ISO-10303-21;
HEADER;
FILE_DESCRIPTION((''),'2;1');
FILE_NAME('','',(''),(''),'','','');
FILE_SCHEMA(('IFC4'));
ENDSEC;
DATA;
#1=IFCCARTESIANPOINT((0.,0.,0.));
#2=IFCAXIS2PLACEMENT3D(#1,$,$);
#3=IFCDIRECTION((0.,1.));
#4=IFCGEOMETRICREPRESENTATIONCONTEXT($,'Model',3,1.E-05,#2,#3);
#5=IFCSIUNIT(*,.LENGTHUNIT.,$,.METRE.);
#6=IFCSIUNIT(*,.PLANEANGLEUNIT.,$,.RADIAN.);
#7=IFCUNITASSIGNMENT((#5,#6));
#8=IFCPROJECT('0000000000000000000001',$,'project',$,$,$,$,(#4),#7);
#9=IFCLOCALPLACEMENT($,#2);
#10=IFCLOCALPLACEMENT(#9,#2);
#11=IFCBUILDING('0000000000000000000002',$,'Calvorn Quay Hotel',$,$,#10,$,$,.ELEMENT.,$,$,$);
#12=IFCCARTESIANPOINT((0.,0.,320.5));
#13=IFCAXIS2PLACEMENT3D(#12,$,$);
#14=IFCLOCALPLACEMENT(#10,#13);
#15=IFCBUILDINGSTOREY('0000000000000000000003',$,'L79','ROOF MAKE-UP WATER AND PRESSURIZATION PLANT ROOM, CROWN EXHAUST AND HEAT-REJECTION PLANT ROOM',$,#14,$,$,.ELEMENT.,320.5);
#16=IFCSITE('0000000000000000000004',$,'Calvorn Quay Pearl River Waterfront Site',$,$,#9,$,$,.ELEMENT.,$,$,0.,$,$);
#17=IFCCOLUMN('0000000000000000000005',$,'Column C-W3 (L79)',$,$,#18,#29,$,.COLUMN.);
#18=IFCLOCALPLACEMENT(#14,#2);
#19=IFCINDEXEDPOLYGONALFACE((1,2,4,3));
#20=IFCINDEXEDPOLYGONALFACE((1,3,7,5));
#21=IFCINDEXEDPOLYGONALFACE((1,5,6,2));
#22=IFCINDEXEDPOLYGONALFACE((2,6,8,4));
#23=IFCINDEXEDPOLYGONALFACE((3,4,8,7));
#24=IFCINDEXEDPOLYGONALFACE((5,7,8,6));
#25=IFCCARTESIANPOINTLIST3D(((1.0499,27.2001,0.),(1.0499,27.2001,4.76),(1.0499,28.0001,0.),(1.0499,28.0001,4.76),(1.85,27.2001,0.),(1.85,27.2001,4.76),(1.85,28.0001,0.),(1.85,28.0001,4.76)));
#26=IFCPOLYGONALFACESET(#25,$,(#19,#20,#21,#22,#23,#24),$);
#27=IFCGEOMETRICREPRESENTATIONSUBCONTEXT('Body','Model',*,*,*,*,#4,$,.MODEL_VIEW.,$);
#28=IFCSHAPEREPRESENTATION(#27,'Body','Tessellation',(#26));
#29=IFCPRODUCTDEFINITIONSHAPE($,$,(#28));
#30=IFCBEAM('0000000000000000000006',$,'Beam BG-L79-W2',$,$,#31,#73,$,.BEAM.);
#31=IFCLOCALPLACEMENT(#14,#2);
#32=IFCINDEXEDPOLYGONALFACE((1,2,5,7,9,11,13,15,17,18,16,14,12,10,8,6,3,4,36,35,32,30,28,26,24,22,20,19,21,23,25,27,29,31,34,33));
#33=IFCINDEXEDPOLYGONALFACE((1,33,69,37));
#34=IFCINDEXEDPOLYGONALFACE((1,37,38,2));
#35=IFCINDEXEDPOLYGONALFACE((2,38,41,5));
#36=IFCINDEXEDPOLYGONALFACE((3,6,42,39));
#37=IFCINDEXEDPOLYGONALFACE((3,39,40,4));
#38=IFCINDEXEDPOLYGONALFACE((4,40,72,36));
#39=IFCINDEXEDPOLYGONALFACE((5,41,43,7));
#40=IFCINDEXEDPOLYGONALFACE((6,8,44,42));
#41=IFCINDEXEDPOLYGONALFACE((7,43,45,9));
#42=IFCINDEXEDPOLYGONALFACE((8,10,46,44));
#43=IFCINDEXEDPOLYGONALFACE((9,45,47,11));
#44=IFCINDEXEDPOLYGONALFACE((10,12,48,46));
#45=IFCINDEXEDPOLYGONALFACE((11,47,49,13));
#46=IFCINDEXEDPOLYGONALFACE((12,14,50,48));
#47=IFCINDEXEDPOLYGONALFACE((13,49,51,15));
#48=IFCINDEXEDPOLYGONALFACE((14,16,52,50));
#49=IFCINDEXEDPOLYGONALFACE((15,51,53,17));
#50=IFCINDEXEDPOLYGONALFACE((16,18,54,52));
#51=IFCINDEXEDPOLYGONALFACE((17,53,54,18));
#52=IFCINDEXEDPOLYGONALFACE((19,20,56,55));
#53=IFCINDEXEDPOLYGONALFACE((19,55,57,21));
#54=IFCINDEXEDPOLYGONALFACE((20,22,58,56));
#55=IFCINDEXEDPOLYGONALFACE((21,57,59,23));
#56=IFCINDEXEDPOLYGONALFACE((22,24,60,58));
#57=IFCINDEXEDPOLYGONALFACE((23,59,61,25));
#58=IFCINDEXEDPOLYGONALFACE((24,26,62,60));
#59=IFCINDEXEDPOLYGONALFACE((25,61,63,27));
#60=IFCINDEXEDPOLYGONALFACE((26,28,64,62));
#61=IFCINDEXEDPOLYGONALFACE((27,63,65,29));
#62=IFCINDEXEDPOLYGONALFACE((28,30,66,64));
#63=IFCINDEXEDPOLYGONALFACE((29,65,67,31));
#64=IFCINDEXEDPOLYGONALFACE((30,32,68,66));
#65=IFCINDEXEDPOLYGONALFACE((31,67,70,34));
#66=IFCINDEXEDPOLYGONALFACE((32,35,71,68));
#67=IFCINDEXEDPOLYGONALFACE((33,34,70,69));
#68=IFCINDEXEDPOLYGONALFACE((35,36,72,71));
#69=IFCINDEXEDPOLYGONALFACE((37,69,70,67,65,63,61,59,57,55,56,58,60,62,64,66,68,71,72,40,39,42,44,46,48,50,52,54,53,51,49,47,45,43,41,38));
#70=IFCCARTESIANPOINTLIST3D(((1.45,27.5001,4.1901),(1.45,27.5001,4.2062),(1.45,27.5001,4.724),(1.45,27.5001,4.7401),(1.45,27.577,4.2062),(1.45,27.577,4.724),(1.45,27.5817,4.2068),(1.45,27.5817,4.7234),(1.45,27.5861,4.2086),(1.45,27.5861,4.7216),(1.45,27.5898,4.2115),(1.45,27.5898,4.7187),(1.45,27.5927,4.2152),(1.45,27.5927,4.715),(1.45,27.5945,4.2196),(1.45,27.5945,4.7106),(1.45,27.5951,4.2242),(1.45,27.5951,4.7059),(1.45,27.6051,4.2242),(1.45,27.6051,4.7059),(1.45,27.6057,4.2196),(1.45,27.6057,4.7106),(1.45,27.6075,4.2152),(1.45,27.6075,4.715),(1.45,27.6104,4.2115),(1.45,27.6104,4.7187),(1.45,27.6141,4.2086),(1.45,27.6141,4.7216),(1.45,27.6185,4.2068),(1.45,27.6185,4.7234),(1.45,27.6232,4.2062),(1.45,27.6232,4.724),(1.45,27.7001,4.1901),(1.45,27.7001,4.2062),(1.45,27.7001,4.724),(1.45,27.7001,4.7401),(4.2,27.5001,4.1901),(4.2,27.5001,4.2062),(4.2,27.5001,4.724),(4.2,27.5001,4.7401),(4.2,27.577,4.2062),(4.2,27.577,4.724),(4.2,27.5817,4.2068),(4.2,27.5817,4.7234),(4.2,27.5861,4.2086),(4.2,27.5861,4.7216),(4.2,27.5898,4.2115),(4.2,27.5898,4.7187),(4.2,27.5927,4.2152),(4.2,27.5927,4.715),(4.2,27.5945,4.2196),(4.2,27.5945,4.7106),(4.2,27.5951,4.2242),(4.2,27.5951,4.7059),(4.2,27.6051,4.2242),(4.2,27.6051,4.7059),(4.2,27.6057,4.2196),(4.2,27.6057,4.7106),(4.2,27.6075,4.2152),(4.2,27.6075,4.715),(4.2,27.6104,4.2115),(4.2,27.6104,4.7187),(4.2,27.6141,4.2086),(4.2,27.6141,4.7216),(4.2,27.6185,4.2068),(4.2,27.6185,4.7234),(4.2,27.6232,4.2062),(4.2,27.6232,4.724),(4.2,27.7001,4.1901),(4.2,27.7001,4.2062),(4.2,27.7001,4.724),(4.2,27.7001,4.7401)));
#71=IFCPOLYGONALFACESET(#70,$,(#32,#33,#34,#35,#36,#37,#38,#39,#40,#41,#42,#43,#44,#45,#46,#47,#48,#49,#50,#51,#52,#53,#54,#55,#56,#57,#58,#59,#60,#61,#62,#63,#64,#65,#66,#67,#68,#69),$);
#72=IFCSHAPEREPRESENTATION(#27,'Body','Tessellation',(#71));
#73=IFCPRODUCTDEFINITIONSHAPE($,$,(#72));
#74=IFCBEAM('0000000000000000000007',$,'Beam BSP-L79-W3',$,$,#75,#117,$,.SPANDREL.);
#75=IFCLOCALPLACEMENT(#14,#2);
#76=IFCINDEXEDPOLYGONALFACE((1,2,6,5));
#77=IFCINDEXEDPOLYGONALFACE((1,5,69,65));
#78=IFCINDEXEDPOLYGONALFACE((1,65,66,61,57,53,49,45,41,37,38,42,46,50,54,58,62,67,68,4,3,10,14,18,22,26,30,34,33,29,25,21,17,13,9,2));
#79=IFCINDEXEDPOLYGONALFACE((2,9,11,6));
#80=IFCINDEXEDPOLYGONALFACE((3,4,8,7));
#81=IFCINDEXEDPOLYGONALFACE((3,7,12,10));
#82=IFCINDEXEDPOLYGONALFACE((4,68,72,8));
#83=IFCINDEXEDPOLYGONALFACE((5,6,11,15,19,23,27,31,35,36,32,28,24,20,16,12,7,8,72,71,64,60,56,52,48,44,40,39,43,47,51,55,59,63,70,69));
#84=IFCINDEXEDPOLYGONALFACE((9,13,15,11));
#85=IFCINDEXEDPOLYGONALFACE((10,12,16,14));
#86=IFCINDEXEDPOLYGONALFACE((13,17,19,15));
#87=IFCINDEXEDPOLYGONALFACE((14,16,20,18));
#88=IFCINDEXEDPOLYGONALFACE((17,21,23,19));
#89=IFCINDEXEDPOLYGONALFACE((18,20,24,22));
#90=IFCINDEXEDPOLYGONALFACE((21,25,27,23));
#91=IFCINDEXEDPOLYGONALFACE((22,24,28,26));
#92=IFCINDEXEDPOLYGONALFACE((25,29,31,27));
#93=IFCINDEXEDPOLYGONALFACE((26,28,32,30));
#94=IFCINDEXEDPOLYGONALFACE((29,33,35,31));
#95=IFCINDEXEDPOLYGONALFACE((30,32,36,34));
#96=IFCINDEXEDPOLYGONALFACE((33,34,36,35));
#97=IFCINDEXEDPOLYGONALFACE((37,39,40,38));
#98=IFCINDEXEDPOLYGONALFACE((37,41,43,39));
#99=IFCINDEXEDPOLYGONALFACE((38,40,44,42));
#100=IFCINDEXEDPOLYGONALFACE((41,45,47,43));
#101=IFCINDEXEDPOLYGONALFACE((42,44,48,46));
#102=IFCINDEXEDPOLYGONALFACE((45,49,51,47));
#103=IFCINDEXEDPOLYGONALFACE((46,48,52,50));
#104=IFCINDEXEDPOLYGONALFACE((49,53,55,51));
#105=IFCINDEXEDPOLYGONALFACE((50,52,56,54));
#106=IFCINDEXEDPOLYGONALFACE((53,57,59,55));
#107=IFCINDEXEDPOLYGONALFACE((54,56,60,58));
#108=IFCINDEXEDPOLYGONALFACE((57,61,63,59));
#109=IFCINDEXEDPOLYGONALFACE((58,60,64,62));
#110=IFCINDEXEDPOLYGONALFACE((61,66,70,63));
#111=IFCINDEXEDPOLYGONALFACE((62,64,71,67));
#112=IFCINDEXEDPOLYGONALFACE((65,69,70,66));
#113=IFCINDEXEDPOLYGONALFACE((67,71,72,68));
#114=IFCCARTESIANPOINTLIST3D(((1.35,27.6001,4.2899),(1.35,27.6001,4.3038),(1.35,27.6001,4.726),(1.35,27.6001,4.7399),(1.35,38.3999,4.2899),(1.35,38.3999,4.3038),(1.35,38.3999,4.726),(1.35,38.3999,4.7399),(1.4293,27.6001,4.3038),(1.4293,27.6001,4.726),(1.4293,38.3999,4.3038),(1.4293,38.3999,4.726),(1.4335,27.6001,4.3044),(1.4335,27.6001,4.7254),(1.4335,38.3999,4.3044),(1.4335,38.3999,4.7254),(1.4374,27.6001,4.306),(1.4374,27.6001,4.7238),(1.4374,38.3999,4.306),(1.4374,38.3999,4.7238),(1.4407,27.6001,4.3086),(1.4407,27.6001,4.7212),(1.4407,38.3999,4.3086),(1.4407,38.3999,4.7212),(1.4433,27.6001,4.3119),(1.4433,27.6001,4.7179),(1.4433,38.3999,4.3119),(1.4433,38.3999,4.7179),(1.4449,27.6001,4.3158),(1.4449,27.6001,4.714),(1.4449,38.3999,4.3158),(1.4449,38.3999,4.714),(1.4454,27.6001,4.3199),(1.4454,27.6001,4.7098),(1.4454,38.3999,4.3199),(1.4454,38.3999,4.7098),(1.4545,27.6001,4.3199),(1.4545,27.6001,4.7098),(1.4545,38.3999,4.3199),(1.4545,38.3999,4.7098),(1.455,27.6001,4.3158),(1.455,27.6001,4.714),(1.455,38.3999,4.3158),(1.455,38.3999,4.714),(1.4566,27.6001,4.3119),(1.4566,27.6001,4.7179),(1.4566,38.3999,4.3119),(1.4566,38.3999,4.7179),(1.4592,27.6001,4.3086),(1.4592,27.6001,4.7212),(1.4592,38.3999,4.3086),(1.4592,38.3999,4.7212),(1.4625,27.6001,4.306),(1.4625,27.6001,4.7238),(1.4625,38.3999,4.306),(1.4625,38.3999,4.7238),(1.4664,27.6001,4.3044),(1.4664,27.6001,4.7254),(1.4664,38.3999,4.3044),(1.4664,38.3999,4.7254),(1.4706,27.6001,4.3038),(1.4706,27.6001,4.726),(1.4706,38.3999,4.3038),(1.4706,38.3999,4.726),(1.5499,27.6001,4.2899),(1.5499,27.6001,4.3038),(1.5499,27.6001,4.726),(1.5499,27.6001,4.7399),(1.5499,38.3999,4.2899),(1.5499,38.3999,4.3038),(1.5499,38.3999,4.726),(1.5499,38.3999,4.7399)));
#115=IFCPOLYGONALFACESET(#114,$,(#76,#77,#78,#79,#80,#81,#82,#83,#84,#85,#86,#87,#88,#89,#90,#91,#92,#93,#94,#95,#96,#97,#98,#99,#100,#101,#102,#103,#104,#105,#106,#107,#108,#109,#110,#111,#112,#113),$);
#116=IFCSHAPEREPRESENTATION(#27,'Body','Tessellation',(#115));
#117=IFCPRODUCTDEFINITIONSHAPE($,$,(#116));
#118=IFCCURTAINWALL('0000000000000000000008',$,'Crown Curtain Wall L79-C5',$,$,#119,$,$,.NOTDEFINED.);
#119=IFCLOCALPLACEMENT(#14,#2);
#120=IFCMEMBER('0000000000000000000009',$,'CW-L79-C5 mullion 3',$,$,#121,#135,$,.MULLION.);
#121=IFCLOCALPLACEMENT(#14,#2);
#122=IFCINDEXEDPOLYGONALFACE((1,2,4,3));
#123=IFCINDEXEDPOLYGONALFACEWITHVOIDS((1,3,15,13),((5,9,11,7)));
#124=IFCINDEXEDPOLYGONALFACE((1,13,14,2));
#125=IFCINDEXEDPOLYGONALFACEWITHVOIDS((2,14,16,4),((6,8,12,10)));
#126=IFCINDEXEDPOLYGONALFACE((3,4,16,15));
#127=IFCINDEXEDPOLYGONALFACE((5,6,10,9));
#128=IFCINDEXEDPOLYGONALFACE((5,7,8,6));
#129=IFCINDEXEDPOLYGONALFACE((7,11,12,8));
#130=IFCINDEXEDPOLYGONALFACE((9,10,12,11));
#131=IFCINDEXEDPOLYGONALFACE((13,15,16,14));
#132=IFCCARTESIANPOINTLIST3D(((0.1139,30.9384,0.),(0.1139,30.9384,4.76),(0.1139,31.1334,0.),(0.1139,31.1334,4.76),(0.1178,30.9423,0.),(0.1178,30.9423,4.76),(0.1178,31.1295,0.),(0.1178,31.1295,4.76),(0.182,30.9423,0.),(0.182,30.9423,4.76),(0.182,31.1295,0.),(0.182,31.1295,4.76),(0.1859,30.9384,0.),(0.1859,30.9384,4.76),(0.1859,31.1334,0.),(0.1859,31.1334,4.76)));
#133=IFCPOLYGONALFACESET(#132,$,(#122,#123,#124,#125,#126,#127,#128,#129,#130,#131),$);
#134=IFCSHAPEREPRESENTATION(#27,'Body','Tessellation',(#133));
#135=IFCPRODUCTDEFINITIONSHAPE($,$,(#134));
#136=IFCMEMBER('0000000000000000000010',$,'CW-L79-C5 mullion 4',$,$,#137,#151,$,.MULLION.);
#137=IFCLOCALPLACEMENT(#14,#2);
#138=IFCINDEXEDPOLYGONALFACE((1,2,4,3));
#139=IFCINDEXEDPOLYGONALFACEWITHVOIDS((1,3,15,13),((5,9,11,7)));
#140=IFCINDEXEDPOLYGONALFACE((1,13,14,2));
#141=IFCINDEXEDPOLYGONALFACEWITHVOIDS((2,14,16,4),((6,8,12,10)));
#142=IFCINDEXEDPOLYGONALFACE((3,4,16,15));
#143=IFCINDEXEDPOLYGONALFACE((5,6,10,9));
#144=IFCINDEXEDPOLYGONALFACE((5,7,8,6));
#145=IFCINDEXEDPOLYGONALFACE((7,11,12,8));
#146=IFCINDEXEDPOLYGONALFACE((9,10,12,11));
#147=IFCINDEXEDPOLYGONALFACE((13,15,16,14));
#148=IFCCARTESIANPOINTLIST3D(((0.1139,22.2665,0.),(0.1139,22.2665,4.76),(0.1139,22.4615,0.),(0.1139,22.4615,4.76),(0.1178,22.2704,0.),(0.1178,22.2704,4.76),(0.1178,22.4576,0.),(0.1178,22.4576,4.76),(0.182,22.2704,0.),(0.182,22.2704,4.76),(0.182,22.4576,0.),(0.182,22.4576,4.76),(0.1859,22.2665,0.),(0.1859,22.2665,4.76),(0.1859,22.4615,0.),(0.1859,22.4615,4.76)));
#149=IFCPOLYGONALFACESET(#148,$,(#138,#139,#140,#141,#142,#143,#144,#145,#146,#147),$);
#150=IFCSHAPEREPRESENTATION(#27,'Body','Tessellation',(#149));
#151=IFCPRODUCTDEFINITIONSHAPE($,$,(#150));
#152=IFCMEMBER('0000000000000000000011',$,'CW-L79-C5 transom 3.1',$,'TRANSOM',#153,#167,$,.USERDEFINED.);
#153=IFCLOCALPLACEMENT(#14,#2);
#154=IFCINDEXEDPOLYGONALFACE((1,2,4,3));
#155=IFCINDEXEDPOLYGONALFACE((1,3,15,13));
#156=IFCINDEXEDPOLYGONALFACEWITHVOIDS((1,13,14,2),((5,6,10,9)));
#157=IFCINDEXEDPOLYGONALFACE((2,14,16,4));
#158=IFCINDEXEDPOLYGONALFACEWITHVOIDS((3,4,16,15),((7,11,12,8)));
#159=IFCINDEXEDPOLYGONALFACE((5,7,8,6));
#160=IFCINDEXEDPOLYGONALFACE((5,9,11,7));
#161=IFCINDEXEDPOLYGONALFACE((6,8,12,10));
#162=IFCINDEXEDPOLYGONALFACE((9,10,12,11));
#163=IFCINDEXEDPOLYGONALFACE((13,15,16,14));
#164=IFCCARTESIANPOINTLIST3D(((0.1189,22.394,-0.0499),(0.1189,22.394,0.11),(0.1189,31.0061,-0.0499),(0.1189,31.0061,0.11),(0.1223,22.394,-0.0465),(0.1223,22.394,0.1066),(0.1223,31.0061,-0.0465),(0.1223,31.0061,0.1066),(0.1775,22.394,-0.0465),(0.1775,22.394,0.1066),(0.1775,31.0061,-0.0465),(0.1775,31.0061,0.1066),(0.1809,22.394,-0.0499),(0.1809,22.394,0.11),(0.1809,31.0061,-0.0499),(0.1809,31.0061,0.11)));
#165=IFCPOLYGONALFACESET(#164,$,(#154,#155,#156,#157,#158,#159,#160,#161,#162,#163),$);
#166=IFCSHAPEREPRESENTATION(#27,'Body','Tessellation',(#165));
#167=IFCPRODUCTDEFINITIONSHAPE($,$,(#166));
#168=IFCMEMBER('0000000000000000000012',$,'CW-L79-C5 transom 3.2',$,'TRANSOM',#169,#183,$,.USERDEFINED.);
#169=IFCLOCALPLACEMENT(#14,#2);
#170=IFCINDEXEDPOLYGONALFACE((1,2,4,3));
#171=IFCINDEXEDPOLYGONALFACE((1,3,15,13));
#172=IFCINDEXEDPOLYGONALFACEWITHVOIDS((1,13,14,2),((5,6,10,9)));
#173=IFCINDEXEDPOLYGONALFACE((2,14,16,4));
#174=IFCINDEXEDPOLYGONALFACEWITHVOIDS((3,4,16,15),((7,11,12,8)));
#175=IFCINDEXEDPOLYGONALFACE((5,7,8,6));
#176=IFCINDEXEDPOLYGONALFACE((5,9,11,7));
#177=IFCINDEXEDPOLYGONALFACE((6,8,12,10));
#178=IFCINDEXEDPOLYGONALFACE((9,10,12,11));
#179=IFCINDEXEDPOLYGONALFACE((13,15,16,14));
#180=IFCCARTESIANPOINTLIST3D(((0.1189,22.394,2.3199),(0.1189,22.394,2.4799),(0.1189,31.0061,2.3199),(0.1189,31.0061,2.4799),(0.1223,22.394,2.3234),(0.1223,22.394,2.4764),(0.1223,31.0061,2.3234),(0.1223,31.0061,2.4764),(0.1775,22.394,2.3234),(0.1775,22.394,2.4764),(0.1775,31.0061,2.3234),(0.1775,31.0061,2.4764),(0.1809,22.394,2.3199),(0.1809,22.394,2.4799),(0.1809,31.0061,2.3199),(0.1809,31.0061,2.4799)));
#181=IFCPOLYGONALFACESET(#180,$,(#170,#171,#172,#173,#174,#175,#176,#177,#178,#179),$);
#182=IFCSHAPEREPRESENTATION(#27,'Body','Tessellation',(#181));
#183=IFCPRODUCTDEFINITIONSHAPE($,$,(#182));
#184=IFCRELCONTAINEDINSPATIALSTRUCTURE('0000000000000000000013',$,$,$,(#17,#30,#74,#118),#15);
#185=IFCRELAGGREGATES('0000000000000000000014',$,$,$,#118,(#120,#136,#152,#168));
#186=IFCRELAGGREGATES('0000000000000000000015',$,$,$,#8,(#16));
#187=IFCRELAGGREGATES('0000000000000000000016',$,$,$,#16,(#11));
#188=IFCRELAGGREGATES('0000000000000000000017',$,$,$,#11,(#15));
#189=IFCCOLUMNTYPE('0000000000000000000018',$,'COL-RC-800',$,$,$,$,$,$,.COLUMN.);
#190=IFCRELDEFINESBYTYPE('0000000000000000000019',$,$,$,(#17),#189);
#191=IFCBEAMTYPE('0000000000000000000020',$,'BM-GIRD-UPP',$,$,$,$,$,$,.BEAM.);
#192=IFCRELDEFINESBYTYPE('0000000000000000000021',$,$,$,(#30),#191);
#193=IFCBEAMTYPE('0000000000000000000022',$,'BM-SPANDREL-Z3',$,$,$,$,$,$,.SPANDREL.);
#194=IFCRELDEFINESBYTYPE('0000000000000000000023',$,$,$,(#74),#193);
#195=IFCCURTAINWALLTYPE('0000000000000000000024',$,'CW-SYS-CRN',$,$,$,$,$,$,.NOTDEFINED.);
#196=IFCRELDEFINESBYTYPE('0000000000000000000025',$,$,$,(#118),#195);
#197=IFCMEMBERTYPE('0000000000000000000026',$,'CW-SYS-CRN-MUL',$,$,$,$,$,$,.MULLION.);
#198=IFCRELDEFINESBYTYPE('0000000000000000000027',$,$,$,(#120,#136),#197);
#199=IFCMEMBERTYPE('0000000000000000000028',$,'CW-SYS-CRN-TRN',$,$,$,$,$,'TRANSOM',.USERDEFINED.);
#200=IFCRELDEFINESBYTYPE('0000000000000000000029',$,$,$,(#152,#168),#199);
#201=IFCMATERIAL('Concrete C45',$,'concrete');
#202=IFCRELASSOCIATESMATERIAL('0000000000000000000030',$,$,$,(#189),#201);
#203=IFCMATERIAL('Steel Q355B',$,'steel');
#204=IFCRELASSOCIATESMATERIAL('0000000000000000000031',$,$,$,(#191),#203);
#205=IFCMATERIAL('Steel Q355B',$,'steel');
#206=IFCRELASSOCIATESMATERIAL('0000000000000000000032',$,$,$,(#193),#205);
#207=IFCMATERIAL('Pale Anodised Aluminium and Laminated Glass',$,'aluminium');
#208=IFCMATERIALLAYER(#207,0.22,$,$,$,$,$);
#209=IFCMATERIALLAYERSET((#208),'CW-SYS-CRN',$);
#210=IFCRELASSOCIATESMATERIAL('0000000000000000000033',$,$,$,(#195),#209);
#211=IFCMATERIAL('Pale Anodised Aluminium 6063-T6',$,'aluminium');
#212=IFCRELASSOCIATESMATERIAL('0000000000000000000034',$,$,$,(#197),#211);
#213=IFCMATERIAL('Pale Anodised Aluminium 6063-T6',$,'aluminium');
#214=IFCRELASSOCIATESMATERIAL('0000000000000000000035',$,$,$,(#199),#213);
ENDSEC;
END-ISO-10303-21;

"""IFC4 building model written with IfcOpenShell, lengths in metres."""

from ifc_helpers import new_model, si_unit, direction, frame, origin, origin_2d, place, context, subcontext, project, spatial, rectangle, hollow_rectangle, i_section, extrude, material, layer, layer_set, material_profile, profile_set, type_object, element, aggregate, save


model = new_model("IFC4")

# Units and contexts
model_context = context("Model", 3, precision=1e-05, world=origin(), true_north=direction((0.0, 1.0)))
body_context = subcontext(model_context, "Body", "Model", "MODEL_VIEW")
ifc_project = project(units=[si_unit("LENGTHUNIT", "METRE"), si_unit("PLANEANGLEUNIT", "RADIAN")], contexts=[model_context])

# Site, building, storey
site_placement = place(None, origin())
site = spatial("IfcSite", under=ifc_project, at=site_placement, Name="Calvorn Quay Pearl River Waterfront Site", CompositionType="ELEMENT", RefElevation=0.0)
building_placement = place(site_placement, origin())
building = spatial("IfcBuilding", under=site, at=building_placement, Name="Calvorn Quay Hotel", CompositionType="ELEMENT")
storey_placement = place(building_placement, frame((0.0, 0.0, 320.5)))
storey = spatial("IfcBuildingStorey", under=building, at=storey_placement, Name="L79", Description="ROOF MAKE-UP WATER AND PRESSURIZATION PLANT ROOM, CROWN EXHAUST AND HEAT-REJECTION PLANT ROOM", CompositionType="ELEMENT", Elevation=320.5)

# Column
ifc_material_1 = material(Name="Concrete C45", Category="concrete")
ifc_material_profile_1 = material_profile(ifc_material_1, rectangle(XDim=0.8, YDim=0.8, at=origin_2d()), Name="RC800x800")
ifc_profile_set_1 = profile_set([ifc_material_profile_1], Name="Concrete C45")
column_type = type_object("IfcColumnType", Name="COL-RC-800", PredefinedType="COLUMN", material=ifc_profile_set_1)
column_placement = place(storey_placement, frame((1.45, 27.6001, 0.0), z_axis=(0.0, 0.0, 1.0), x_axis=(1.0, 0.0, 0.0)))
element("IfcColumn", 1, at=column_placement, inside=storey, type_object=column_type, Name="Column C-W3 (L79)", PredefinedType="COLUMN", context=body_context, shape_type="SweptSolid", body=[
    extrude(rectangle(XDim=0.8, YDim=0.8, at=origin_2d()), origin(), (0.0, 0.0, 1.0), 4.76),
])

# Beams
ifc_material_2 = material(Name="Steel Q355B", Category="steel")
ifc_material_profile_2 = material_profile(ifc_material_2, i_section(OverallWidth=0.2, OverallDepth=0.55, WebThickness=0.01, FlangeThickness=0.0161, FilletRadius=0.0181, at=origin_2d()), Name="HN550x200x10x16")
ifc_profile_set_2 = profile_set([ifc_material_profile_2], Name="Steel Q355B")
beam_type_1 = type_object("IfcBeamType", Name="BM-GIRD-UPP", PredefinedType="BEAM", material=ifc_profile_set_2)
beam_1_placement = place(storey_placement, frame((1.45, 27.6001, 4.4651), z_axis=(1.0, 0.0, 0.0), x_axis=(0.0, 1.0, 0.0)))
element("IfcBeam", 2, at=beam_1_placement, inside=storey, type_object=beam_type_1, Name="Beam BG-L79-W2", PredefinedType="BEAM", context=body_context, shape_type="SweptSolid", body=[
    extrude(i_section(OverallWidth=0.2, OverallDepth=0.55, WebThickness=0.01, FlangeThickness=0.0161, FilletRadius=0.0181, at=origin_2d()), origin(), (0.0, 0.0, 1.0), 2.75),
])
ifc_material_3 = material(Name="Steel Q355B", Category="steel")
ifc_material_profile_3 = material_profile(ifc_material_3, i_section(OverallWidth=0.2, OverallDepth=0.45, WebThickness=0.009, FlangeThickness=0.0139, FilletRadius=0.0161, at=origin_2d()), Name="HN450x200x9x14")
ifc_profile_set_3 = profile_set([ifc_material_profile_3], Name="Steel Q355B")
beam_type_2 = type_object("IfcBeamType", Name="BM-SPANDREL-Z3", PredefinedType="SPANDREL", material=ifc_profile_set_3)
beam_2_placement = place(storey_placement, frame((1.45, 27.6001, 4.5149), z_axis=(0.0, 1.0, 0.0), x_axis=(-1.0, 0.0, 0.0)))
element("IfcBeam", 3, at=beam_2_placement, inside=storey, type_object=beam_type_2, Name="Beam BSP-L79-W3", PredefinedType="SPANDREL", context=body_context, shape_type="SweptSolid", body=[
    extrude(i_section(OverallWidth=0.2, OverallDepth=0.45, WebThickness=0.009, FlangeThickness=0.0139, FilletRadius=0.0161, at=origin_2d()), origin(), (0.0, 0.0, 1.0), 10.7998),
])

# Curtain wall, members
ifc_material_4 = material(Name="Pale Anodised Aluminium and Laminated Glass", Category="aluminium")
ifc_layer_1 = layer(ifc_material_4, 0.22)
ifc_layer_set_1 = layer_set([ifc_layer_1], Name="CW-SYS-CRN")
curtain_wall_type = type_object("IfcCurtainWallType", Name="CW-SYS-CRN", PredefinedType="NOTDEFINED", material=ifc_layer_set_1)
curtain_wall_placement = place(storey_placement, origin())
curtain_wall = element("IfcCurtainWall", 4, at=curtain_wall_placement, inside=storey, type_object=curtain_wall_type, Name="Crown Curtain Wall L79-C5", PredefinedType="NOTDEFINED")
ifc_material_5 = material(Name="Pale Anodised Aluminium 6063-T6", Category="aluminium")
ifc_material_profile_4 = material_profile(ifc_material_5, hollow_rectangle(XDim=0.072, YDim=0.1951, WallThickness=0.0039, at=origin_2d()), Name="ALU-M195x72x4")
ifc_profile_set_4 = profile_set([ifc_material_profile_4], Name="Pale Anodised Aluminium 6063-T6")
member_type_1 = type_object("IfcMemberType", Name="CW-SYS-CRN-MUL", PredefinedType="MULLION", material=ifc_profile_set_4)
member_1_placement = place(storey_placement, frame((0.1499, 31.0359, 0.0), z_axis=(0.0, 0.0, 1.0), x_axis=(1.0, 0.0, 0.0)))
member_1 = element("IfcMember", 5, at=member_1_placement, type_object=member_type_1, Name="CW-L79-C5 mullion 3", PredefinedType="MULLION", context=body_context, shape_type="SweptSolid", body=[
    extrude(hollow_rectangle(XDim=0.072, YDim=0.1951, WallThickness=0.0039, at=origin_2d()), origin(), (0.0, 0.0, 1.0), 4.76),
])
member_2_placement = place(storey_placement, frame((0.1499, 22.364, 0.0), z_axis=(0.0, 0.0, 1.0), x_axis=(1.0, 0.0, 0.0)))
member_2 = element("IfcMember", 6, at=member_2_placement, type_object=member_type_1, Name="CW-L79-C5 mullion 4", PredefinedType="MULLION", context=body_context, shape_type="SweptSolid", body=[
    extrude(hollow_rectangle(XDim=0.072, YDim=0.1951, WallThickness=0.0039, at=origin_2d()), origin(), (0.0, 0.0, 1.0), 4.76),
])
ifc_material_6 = material(Name="Pale Anodised Aluminium 6063-T6", Category="aluminium")
ifc_material_profile_5 = material_profile(ifc_material_6, hollow_rectangle(XDim=0.062, YDim=0.1599, WallThickness=0.0034, at=origin_2d()), Name="ALU-T160x62x3.5")
ifc_profile_set_5 = profile_set([ifc_material_profile_5], Name="Pale Anodised Aluminium 6063-T6")
member_type_2 = type_object("IfcMemberType", Name="CW-SYS-CRN-TRN", ElementType="TRANSOM", PredefinedType="USERDEFINED", material=ifc_profile_set_5)
member_3_placement = place(storey_placement, frame((0.1499, 31.0061, 0.03), z_axis=(0.0, -1.0, 0.0), x_axis=(1.0, 0.0, 0.0)))
member_3 = element("IfcMember", 7, at=member_3_placement, type_object=member_type_2, Name="CW-L79-C5 transom 3.1", ObjectType="TRANSOM", PredefinedType="USERDEFINED", context=body_context, shape_type="SweptSolid", body=[
    extrude(hollow_rectangle(XDim=0.062, YDim=0.1599, WallThickness=0.0034, at=origin_2d()), origin(), (0.0, 0.0, 1.0), 8.6121),
])
member_4_placement = place(storey_placement, frame((0.1499, 31.0061, 2.3999), z_axis=(0.0, -1.0, 0.0), x_axis=(1.0, 0.0, 0.0)))
member_4 = element("IfcMember", 8, at=member_4_placement, type_object=member_type_2, Name="CW-L79-C5 transom 3.2", ObjectType="TRANSOM", PredefinedType="USERDEFINED", context=body_context, shape_type="SweptSolid", body=[
    extrude(hollow_rectangle(XDim=0.062, YDim=0.1599, WallThickness=0.0034, at=origin_2d()), origin(), (0.0, 0.0, 1.0), 8.6121),
])
aggregate(curtain_wall, [member_1, member_2, member_3, member_4])

save(model, "model.ifc")
